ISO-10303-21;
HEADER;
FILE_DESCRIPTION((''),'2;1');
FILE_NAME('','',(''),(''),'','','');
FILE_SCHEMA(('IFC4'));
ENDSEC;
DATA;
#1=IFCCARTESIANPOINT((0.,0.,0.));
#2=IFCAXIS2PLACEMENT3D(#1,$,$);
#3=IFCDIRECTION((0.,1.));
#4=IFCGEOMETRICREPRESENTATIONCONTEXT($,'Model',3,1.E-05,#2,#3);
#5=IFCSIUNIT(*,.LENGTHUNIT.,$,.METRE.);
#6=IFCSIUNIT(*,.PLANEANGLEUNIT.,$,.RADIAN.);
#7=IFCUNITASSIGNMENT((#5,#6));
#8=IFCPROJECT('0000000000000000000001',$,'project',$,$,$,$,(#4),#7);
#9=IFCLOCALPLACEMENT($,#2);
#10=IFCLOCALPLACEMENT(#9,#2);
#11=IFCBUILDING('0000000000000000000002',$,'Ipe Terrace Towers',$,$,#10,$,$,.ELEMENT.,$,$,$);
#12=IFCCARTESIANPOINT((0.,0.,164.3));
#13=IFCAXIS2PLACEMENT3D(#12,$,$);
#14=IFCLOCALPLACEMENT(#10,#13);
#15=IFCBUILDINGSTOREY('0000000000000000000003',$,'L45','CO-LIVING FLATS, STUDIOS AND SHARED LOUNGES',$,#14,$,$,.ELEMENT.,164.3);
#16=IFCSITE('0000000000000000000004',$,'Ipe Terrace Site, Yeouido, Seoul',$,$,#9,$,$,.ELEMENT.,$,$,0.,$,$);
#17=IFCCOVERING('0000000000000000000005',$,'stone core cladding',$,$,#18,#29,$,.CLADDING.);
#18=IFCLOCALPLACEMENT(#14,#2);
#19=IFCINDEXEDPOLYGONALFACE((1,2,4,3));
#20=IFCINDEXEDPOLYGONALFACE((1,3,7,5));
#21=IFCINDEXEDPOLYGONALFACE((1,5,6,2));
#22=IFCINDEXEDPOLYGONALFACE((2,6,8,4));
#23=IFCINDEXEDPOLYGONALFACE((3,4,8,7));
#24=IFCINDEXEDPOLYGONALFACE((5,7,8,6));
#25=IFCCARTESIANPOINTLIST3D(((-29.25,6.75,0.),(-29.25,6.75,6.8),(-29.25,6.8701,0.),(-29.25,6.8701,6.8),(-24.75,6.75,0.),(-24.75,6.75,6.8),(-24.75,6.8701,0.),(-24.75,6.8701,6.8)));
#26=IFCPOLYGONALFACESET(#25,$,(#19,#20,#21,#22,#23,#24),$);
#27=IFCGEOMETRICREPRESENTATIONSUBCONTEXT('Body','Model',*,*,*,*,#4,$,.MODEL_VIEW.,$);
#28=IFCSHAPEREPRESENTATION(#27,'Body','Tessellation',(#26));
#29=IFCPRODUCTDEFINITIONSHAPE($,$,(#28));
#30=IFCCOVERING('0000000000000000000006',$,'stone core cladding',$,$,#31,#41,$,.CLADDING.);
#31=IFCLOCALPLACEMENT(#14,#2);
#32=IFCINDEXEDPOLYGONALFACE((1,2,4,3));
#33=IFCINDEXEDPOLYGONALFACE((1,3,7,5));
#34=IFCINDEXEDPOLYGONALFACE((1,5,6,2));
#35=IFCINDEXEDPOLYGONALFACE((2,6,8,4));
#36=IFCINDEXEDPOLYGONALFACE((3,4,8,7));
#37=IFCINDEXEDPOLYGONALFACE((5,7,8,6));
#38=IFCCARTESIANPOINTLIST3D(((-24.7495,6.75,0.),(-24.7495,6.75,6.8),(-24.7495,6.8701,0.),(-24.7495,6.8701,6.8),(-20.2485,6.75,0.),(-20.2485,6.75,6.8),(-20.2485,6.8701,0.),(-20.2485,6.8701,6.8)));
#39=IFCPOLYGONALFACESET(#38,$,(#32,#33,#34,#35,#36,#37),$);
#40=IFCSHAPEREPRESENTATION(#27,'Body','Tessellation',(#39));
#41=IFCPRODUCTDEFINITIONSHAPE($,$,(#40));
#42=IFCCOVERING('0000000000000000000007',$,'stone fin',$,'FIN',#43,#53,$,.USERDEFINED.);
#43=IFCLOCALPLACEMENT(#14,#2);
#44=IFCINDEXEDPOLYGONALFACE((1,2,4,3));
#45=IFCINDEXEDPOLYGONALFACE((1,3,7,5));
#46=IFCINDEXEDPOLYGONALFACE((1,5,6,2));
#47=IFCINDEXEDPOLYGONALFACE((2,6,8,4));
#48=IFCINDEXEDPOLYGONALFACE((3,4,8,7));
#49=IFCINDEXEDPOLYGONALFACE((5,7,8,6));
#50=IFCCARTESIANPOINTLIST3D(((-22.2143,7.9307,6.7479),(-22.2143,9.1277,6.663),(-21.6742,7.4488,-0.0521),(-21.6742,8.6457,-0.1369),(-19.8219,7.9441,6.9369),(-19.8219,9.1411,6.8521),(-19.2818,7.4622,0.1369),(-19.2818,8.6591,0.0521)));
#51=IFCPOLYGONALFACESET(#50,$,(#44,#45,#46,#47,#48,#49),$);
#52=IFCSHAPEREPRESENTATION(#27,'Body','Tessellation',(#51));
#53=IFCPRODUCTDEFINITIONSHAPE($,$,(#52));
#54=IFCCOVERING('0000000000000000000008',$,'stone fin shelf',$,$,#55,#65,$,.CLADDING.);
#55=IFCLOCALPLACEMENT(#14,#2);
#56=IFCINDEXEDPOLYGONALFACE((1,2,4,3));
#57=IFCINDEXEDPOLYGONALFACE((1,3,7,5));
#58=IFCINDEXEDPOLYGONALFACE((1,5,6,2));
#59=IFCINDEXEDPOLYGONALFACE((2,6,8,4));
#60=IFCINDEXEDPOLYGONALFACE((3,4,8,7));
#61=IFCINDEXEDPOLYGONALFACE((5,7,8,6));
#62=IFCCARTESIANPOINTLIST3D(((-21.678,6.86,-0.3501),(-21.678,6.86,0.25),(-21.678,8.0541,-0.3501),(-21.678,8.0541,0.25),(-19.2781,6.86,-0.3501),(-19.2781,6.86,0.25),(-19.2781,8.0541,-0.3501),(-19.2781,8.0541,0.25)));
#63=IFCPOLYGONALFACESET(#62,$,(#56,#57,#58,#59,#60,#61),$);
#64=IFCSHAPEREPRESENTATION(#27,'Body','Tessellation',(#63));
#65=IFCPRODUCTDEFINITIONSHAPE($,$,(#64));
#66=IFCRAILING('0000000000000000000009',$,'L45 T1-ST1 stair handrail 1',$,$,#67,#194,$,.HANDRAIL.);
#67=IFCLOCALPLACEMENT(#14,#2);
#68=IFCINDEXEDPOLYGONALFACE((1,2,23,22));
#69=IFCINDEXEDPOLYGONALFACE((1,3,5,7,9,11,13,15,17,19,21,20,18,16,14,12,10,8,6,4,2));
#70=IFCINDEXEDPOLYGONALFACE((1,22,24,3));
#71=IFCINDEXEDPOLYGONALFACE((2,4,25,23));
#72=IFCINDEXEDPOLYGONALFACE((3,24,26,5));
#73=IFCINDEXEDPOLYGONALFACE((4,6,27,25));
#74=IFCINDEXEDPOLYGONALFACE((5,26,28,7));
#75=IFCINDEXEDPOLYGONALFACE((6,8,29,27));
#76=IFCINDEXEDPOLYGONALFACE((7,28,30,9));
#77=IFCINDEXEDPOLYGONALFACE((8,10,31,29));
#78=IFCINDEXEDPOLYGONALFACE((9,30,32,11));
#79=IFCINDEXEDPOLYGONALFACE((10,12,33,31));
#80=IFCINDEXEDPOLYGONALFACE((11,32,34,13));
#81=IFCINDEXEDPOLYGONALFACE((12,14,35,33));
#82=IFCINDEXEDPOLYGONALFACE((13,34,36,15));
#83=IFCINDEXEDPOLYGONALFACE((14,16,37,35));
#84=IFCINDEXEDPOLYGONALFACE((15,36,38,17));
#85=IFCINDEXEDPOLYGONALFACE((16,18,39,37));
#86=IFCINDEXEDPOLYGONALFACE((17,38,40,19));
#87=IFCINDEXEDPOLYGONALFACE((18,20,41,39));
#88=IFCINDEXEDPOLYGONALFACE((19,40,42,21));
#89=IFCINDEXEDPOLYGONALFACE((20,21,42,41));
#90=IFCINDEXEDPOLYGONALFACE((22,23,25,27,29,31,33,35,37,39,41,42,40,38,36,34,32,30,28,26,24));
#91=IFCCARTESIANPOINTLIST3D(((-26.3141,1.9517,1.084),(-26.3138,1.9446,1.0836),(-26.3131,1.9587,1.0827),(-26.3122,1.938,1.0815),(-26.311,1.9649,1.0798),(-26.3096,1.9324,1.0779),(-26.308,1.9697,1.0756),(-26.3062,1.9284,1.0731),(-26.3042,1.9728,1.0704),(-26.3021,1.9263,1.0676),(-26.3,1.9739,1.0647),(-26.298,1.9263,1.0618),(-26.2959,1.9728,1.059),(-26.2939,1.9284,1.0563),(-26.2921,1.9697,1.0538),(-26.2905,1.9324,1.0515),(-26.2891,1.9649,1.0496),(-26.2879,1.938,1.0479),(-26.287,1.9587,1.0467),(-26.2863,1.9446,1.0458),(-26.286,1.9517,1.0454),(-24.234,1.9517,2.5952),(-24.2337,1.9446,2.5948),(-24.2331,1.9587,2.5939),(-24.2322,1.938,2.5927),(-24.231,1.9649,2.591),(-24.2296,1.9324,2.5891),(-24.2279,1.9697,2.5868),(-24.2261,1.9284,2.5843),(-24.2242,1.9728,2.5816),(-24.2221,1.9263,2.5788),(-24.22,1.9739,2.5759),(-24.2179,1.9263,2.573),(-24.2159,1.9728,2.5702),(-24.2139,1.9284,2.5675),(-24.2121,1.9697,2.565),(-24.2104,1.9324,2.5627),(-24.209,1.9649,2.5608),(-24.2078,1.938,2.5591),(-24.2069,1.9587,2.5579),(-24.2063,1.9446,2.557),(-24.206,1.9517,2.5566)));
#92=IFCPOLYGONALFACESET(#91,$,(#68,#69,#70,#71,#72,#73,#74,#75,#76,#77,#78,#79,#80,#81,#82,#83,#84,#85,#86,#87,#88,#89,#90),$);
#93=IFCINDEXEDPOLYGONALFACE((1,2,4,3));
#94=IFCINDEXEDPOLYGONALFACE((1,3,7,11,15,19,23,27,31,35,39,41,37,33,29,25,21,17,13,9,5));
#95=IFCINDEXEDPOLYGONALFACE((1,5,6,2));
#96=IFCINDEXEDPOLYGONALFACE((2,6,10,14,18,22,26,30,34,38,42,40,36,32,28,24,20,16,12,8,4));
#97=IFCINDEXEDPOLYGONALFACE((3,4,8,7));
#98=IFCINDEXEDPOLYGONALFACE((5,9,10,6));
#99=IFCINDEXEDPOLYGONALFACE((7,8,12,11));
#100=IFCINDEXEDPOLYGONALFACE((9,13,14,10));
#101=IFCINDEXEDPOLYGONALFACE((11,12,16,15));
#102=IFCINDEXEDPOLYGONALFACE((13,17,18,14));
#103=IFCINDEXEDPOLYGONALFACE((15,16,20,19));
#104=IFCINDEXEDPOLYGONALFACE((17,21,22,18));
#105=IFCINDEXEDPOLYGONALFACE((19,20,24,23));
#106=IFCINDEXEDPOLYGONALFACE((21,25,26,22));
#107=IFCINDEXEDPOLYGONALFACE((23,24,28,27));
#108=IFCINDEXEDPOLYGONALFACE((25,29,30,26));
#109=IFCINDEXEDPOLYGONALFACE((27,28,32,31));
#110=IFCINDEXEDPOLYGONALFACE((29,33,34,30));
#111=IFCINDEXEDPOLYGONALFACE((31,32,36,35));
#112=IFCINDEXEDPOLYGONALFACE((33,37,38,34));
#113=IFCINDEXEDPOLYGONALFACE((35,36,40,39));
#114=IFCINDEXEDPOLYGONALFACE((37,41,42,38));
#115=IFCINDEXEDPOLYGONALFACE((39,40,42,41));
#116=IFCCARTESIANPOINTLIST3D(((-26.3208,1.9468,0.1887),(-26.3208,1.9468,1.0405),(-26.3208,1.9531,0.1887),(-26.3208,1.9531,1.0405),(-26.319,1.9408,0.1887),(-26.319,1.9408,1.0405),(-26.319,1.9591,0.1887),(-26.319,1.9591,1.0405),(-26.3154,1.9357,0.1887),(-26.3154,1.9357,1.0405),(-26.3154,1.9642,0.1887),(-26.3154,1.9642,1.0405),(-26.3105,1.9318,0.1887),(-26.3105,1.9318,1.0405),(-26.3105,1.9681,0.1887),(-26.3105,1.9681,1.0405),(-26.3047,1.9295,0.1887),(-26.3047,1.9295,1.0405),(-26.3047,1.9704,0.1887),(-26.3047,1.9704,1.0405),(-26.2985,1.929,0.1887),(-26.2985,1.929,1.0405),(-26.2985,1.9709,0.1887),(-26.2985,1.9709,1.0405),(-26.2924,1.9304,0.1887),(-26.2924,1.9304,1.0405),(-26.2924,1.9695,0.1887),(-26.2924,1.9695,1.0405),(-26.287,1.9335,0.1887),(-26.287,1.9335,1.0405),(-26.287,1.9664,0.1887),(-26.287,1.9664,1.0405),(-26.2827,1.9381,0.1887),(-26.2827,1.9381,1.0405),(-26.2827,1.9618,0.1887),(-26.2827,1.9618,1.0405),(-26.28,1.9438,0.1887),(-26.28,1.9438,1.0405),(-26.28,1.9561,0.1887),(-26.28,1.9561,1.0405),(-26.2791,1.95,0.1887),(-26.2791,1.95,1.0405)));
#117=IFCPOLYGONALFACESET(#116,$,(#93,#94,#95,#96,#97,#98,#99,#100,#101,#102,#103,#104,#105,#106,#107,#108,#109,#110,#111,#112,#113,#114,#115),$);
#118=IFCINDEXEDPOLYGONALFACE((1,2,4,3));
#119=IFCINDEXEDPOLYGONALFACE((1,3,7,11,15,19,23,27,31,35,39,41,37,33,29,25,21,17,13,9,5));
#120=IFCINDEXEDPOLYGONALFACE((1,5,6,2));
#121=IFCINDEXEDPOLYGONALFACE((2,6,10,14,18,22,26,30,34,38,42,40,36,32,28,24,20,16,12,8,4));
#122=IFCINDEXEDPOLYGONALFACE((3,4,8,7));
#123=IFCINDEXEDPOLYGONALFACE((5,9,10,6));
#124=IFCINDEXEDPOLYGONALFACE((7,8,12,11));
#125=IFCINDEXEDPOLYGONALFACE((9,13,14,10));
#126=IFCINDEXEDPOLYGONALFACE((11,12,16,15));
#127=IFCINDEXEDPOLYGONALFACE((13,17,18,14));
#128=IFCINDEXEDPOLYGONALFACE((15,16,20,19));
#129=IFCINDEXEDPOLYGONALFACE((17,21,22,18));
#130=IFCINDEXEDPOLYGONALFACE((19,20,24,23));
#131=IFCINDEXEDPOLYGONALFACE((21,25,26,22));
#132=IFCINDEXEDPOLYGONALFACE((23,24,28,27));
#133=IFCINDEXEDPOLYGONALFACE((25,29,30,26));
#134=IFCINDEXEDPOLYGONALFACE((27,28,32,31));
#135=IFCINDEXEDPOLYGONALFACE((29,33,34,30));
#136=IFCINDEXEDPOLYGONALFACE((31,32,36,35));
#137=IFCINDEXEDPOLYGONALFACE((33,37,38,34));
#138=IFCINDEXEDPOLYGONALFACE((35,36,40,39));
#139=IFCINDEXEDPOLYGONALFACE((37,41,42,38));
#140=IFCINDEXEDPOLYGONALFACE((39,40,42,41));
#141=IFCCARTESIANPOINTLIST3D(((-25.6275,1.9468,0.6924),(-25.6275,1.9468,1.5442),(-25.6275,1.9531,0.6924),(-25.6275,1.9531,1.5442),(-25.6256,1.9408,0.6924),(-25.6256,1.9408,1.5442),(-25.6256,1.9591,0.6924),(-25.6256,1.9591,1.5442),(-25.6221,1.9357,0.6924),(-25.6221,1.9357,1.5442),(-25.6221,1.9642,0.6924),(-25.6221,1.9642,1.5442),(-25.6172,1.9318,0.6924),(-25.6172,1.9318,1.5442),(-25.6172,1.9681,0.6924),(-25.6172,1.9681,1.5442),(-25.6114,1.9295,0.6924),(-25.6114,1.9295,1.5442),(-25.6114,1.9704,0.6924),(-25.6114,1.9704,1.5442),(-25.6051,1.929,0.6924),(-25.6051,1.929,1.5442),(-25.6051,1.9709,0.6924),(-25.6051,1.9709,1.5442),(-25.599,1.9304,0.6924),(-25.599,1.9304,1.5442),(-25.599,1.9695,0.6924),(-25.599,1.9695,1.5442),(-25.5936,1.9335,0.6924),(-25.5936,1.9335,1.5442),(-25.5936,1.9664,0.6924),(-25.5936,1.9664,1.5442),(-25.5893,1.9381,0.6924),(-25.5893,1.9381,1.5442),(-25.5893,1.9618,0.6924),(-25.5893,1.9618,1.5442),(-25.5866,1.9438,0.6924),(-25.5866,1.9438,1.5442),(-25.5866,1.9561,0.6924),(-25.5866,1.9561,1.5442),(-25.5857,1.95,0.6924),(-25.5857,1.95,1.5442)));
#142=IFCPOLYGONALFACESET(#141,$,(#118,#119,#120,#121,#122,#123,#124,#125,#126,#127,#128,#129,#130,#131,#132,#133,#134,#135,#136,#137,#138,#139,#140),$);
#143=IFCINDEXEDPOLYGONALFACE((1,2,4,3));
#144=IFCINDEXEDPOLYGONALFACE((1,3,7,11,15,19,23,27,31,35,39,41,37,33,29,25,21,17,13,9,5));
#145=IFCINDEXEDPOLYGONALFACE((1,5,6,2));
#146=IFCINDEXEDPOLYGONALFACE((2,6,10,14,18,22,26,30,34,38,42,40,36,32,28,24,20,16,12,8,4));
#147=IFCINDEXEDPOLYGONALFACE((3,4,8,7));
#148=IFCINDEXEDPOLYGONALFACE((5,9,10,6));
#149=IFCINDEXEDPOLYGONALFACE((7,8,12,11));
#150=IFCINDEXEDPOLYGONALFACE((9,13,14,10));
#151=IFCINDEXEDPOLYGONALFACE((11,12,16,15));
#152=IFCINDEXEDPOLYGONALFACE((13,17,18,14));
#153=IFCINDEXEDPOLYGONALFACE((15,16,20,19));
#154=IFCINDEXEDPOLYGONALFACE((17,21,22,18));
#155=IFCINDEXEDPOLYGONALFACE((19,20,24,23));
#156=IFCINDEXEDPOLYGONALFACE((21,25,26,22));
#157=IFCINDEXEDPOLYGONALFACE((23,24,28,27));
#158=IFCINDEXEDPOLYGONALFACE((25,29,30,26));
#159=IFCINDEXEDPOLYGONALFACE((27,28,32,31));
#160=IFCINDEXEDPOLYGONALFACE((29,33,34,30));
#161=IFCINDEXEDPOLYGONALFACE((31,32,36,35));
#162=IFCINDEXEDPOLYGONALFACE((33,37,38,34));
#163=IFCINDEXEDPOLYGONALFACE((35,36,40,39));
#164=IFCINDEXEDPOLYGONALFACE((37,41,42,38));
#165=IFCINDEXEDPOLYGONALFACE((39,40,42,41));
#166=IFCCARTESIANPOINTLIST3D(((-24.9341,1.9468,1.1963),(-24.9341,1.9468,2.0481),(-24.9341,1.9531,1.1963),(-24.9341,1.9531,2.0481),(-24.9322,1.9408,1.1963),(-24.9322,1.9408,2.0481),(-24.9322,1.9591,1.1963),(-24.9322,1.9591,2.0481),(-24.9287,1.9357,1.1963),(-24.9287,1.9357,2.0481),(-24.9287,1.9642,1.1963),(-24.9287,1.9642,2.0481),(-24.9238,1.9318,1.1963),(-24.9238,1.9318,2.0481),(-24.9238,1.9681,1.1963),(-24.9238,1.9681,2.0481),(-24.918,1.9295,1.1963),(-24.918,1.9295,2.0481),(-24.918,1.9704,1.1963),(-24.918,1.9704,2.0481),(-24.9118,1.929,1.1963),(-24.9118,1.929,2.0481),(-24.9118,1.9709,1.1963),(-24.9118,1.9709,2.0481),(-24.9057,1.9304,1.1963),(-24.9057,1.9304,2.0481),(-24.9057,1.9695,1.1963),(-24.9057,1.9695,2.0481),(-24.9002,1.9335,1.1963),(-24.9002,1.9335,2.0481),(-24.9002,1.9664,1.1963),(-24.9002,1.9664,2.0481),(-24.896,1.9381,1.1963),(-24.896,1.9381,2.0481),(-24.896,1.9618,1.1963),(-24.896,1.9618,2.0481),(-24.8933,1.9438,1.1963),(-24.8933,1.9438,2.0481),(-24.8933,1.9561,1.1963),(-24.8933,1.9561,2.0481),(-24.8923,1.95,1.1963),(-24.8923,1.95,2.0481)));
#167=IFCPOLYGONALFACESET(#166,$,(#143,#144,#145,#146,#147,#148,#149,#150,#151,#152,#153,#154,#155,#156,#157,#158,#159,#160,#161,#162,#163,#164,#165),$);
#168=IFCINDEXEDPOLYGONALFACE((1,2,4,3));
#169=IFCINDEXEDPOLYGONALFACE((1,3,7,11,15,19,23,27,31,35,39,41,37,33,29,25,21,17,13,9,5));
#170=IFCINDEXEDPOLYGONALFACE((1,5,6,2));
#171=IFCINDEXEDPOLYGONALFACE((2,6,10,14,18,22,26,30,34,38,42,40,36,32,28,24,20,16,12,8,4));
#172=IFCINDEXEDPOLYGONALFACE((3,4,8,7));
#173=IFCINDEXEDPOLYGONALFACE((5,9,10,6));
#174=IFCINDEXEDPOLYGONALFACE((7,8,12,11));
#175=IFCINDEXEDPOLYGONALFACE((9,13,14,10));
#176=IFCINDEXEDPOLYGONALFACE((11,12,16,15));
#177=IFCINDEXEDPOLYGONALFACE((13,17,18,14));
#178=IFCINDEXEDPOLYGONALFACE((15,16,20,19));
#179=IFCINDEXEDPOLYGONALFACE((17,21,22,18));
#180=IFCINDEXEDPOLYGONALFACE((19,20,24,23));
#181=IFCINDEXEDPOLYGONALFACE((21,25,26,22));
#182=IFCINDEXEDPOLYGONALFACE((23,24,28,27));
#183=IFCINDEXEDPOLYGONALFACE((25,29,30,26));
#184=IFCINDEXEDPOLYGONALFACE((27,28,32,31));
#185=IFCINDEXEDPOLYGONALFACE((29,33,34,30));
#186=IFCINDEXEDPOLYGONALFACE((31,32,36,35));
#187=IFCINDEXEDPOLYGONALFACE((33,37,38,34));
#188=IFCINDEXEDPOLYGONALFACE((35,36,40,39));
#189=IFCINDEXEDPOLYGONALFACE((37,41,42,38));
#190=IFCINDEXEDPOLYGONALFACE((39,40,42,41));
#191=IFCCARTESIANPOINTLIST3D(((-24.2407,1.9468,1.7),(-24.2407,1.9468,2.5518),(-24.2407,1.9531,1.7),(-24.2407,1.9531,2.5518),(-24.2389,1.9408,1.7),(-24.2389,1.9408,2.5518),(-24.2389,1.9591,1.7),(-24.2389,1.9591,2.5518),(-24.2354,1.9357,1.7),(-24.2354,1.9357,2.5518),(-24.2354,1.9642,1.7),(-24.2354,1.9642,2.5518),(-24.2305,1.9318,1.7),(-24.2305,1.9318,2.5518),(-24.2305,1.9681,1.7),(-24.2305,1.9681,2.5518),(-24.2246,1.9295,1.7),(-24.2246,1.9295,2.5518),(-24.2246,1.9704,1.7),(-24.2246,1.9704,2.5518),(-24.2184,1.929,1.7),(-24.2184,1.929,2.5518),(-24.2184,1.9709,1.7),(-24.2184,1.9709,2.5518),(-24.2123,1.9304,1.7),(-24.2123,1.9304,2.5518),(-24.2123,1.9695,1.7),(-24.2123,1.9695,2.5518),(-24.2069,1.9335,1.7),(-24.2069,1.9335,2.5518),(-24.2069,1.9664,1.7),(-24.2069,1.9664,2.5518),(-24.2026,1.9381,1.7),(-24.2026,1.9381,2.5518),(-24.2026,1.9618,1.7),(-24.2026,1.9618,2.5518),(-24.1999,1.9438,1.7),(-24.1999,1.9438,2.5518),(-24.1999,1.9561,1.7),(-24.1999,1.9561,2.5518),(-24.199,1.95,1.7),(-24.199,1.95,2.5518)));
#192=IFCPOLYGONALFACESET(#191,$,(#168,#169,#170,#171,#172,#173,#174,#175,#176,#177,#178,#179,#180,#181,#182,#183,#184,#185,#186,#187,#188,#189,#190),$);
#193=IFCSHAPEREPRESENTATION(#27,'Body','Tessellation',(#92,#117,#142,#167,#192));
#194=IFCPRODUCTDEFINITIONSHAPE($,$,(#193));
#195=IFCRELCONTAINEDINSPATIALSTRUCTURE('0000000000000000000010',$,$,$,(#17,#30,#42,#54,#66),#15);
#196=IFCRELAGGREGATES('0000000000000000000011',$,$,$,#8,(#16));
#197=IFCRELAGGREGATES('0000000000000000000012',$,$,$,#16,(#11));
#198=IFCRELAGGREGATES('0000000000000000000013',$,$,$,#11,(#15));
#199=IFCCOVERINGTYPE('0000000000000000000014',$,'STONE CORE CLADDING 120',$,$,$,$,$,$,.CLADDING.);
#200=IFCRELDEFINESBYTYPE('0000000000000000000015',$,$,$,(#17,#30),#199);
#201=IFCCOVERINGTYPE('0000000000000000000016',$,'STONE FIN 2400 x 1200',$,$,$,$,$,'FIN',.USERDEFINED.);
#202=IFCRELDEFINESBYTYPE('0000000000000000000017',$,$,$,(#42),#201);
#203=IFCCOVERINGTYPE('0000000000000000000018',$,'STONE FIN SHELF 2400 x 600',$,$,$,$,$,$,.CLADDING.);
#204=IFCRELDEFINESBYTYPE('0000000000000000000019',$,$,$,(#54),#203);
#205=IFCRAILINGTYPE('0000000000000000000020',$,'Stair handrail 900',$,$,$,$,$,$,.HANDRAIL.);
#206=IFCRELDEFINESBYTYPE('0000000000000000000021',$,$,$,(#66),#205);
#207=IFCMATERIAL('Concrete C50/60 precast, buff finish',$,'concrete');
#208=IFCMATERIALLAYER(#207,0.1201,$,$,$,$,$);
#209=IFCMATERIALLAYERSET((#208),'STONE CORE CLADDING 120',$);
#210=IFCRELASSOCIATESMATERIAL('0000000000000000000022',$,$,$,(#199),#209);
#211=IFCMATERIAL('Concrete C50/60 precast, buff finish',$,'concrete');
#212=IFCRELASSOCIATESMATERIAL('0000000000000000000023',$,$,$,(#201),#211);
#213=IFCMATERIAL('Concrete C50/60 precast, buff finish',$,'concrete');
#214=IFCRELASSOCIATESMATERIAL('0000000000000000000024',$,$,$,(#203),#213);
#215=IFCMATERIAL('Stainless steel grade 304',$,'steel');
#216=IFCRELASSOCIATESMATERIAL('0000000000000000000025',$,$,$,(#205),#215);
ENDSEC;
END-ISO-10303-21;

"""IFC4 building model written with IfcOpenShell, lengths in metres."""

from ifc_helpers import new_model, si_unit, direction, frame, origin, origin_2d, place, context, subcontext, project, spatial, rectangle, circle, extrude, material, layer, layer_set, material_profile, profile_set, type_object, element, save


model = new_model("IFC4")

# Units and contexts
model_context = context("Model", 3, precision=1e-05, world=origin(), true_north=direction((0.0, 1.0)))
body_context = subcontext(model_context, "Body", "Model", "MODEL_VIEW")
ifc_project = project(units=[si_unit("LENGTHUNIT", "METRE"), si_unit("PLANEANGLEUNIT", "RADIAN")], contexts=[model_context])

# Site, building, storey
site_placement = place(None, origin())
site = spatial("IfcSite", under=ifc_project, at=site_placement, Name="Ipe Terrace Site, Yeouido, Seoul", CompositionType="ELEMENT", RefElevation=0.0)
building_placement = place(site_placement, origin())
building = spatial("IfcBuilding", under=site, at=building_placement, Name="Ipe Terrace Towers", CompositionType="ELEMENT")
storey_placement = place(building_placement, frame((0.0, 0.0, 164.3)))
storey = spatial("IfcBuildingStorey", under=building, at=storey_placement, Name="L45", Description="CO-LIVING FLATS, STUDIOS AND SHARED LOUNGES", CompositionType="ELEMENT", Elevation=164.3)

# Coverings
ifc_material_1 = material(Name="Concrete C50/60 precast, buff finish", Category="concrete")
ifc_layer_1 = layer(ifc_material_1, 0.1201)
ifc_layer_set_1 = layer_set([ifc_layer_1], Name="STONE CORE CLADDING 120")
covering_type_1 = type_object("IfcCoveringType", Name="STONE CORE CLADDING 120", PredefinedType="CLADDING", material=ifc_layer_set_1)
covering_1_placement = place(storey_placement, frame((-27.0, 6.8101, 0.0), z_axis=(0.0, 0.0, 1.0), x_axis=(-1.0, 0.0, 0.0)))
element("IfcCovering", 1, at=covering_1_placement, inside=storey, type_object=covering_type_1, Name="stone core cladding", PredefinedType="CLADDING", context=body_context, shape_type="SweptSolid", body=[
    extrude(rectangle(XDim=4.5, YDim=0.1201, at=origin_2d()), origin(), (0.0, 0.0, 1.0), 6.8),
])
covering_2_placement = place(storey_placement, frame((-22.499, 6.8101, 0.0), z_axis=(0.0, 0.0, 1.0), x_axis=(-1.0, 0.0, 0.0)))
element("IfcCovering", 2, at=covering_2_placement, inside=storey, type_object=covering_type_1, Name="stone core cladding", PredefinedType="CLADDING", context=body_context, shape_type="SweptSolid", body=[
    extrude(rectangle(XDim=4.501, YDim=0.1201, at=origin_2d()), origin(), (0.0, 0.0, 1.0), 6.8),
])
ifc_material_2 = material(Name="Concrete C50/60 precast, buff finish", Category="concrete")
ifc_material_profile_1 = material_profile(ifc_material_2, rectangle(XDim=2.3999, YDim=1.2, at=origin_2d()), Name="STONE FIN 2400 x 1200")
ifc_profile_set_1 = profile_set([ifc_material_profile_1], Name="Concrete C50/60 precast, buff finish")
covering_type_2 = type_object("IfcCoveringType", Name="STONE FIN 2400 x 1200", ElementType="FIN", PredefinedType="USERDEFINED", material=ifc_profile_set_1)
covering_3_placement = place(storey_placement, frame((-20.478, 8.054, 0.0), z_axis=(-0.078971, 0.070474, 0.994383), x_axis=(-0.996877, -0.005583, -0.078773)))
element("IfcCovering", 3, at=covering_3_placement, inside=storey, type_object=covering_type_2, Name="stone fin", ObjectType="FIN", PredefinedType="USERDEFINED", context=body_context, shape_type="SweptSolid", body=[
    extrude(rectangle(XDim=2.3999, YDim=1.2, at=origin_2d()), origin(), (0.0, 0.0, 1.0), 6.8384),
])
ifc_material_3 = material(Name="Concrete C50/60 precast, buff finish", Category="concrete")
covering_type_3 = type_object("IfcCoveringType", Name="STONE FIN SHELF 2400 x 600", PredefinedType="CLADDING", material=ifc_material_3)
covering_4_placement = place(storey_placement, frame((-20.478, 7.457, -0.3501), z_axis=(0.0, 0.0, 1.0), x_axis=(-1.0, 0.0, 0.0)))
element("IfcCovering", 4, at=covering_4_placement, inside=storey, type_object=covering_type_3, Name="stone fin shelf", PredefinedType="CLADDING", context=body_context, shape_type="SweptSolid", body=[
    extrude(rectangle(XDim=2.3999, YDim=1.1941, at=origin_2d()), origin(), (0.0, 0.0, 1.0), 0.6001),
])

# Railing
ifc_material_4 = material(Name="Stainless steel grade 304", Category="steel")
railing_type_1 = type_object("IfcRailingType", Name="Stair handrail 900", PredefinedType="HANDRAIL", material=ifc_material_4)
railing_1_placement = place(storey_placement, frame((-26.3, 1.95, 0.1887)))
element("IfcRailing", 5, at=railing_1_placement, inside=storey, type_object=railing_type_1, Name="L45 T1-ST1 stair handrail 1", PredefinedType="HANDRAIL", context=body_context, shape_type="SweptSolid", body=[
    extrude(circle(Radius=0.0239, at=origin_2d()), frame((0.0, 0.0, 0.876), z_axis=(0.809023, 0.0, 0.587776), x_axis=(0.0, 1.0, 0.0)), (0.0, 0.0, 1.0), 2.571),
    extrude(circle(Radius=0.021, at=origin_2d()), origin(), (0.0, 0.0, 1.0), 0.8518),
    extrude(circle(Radius=0.021, at=origin_2d()), frame((0.6934, 0.0, 0.5037)), (0.0, 0.0, 1.0), 0.8518),
    extrude(circle(Radius=0.021, at=origin_2d()), frame((1.3867, 0.0, 1.0076)), (0.0, 0.0, 1.0), 0.8518),
    extrude(circle(Radius=0.021, at=origin_2d()), frame((2.0801, 0.0, 1.5112)), (0.0, 0.0, 1.0), 0.8518),
])

save(model, "model.ifc")
